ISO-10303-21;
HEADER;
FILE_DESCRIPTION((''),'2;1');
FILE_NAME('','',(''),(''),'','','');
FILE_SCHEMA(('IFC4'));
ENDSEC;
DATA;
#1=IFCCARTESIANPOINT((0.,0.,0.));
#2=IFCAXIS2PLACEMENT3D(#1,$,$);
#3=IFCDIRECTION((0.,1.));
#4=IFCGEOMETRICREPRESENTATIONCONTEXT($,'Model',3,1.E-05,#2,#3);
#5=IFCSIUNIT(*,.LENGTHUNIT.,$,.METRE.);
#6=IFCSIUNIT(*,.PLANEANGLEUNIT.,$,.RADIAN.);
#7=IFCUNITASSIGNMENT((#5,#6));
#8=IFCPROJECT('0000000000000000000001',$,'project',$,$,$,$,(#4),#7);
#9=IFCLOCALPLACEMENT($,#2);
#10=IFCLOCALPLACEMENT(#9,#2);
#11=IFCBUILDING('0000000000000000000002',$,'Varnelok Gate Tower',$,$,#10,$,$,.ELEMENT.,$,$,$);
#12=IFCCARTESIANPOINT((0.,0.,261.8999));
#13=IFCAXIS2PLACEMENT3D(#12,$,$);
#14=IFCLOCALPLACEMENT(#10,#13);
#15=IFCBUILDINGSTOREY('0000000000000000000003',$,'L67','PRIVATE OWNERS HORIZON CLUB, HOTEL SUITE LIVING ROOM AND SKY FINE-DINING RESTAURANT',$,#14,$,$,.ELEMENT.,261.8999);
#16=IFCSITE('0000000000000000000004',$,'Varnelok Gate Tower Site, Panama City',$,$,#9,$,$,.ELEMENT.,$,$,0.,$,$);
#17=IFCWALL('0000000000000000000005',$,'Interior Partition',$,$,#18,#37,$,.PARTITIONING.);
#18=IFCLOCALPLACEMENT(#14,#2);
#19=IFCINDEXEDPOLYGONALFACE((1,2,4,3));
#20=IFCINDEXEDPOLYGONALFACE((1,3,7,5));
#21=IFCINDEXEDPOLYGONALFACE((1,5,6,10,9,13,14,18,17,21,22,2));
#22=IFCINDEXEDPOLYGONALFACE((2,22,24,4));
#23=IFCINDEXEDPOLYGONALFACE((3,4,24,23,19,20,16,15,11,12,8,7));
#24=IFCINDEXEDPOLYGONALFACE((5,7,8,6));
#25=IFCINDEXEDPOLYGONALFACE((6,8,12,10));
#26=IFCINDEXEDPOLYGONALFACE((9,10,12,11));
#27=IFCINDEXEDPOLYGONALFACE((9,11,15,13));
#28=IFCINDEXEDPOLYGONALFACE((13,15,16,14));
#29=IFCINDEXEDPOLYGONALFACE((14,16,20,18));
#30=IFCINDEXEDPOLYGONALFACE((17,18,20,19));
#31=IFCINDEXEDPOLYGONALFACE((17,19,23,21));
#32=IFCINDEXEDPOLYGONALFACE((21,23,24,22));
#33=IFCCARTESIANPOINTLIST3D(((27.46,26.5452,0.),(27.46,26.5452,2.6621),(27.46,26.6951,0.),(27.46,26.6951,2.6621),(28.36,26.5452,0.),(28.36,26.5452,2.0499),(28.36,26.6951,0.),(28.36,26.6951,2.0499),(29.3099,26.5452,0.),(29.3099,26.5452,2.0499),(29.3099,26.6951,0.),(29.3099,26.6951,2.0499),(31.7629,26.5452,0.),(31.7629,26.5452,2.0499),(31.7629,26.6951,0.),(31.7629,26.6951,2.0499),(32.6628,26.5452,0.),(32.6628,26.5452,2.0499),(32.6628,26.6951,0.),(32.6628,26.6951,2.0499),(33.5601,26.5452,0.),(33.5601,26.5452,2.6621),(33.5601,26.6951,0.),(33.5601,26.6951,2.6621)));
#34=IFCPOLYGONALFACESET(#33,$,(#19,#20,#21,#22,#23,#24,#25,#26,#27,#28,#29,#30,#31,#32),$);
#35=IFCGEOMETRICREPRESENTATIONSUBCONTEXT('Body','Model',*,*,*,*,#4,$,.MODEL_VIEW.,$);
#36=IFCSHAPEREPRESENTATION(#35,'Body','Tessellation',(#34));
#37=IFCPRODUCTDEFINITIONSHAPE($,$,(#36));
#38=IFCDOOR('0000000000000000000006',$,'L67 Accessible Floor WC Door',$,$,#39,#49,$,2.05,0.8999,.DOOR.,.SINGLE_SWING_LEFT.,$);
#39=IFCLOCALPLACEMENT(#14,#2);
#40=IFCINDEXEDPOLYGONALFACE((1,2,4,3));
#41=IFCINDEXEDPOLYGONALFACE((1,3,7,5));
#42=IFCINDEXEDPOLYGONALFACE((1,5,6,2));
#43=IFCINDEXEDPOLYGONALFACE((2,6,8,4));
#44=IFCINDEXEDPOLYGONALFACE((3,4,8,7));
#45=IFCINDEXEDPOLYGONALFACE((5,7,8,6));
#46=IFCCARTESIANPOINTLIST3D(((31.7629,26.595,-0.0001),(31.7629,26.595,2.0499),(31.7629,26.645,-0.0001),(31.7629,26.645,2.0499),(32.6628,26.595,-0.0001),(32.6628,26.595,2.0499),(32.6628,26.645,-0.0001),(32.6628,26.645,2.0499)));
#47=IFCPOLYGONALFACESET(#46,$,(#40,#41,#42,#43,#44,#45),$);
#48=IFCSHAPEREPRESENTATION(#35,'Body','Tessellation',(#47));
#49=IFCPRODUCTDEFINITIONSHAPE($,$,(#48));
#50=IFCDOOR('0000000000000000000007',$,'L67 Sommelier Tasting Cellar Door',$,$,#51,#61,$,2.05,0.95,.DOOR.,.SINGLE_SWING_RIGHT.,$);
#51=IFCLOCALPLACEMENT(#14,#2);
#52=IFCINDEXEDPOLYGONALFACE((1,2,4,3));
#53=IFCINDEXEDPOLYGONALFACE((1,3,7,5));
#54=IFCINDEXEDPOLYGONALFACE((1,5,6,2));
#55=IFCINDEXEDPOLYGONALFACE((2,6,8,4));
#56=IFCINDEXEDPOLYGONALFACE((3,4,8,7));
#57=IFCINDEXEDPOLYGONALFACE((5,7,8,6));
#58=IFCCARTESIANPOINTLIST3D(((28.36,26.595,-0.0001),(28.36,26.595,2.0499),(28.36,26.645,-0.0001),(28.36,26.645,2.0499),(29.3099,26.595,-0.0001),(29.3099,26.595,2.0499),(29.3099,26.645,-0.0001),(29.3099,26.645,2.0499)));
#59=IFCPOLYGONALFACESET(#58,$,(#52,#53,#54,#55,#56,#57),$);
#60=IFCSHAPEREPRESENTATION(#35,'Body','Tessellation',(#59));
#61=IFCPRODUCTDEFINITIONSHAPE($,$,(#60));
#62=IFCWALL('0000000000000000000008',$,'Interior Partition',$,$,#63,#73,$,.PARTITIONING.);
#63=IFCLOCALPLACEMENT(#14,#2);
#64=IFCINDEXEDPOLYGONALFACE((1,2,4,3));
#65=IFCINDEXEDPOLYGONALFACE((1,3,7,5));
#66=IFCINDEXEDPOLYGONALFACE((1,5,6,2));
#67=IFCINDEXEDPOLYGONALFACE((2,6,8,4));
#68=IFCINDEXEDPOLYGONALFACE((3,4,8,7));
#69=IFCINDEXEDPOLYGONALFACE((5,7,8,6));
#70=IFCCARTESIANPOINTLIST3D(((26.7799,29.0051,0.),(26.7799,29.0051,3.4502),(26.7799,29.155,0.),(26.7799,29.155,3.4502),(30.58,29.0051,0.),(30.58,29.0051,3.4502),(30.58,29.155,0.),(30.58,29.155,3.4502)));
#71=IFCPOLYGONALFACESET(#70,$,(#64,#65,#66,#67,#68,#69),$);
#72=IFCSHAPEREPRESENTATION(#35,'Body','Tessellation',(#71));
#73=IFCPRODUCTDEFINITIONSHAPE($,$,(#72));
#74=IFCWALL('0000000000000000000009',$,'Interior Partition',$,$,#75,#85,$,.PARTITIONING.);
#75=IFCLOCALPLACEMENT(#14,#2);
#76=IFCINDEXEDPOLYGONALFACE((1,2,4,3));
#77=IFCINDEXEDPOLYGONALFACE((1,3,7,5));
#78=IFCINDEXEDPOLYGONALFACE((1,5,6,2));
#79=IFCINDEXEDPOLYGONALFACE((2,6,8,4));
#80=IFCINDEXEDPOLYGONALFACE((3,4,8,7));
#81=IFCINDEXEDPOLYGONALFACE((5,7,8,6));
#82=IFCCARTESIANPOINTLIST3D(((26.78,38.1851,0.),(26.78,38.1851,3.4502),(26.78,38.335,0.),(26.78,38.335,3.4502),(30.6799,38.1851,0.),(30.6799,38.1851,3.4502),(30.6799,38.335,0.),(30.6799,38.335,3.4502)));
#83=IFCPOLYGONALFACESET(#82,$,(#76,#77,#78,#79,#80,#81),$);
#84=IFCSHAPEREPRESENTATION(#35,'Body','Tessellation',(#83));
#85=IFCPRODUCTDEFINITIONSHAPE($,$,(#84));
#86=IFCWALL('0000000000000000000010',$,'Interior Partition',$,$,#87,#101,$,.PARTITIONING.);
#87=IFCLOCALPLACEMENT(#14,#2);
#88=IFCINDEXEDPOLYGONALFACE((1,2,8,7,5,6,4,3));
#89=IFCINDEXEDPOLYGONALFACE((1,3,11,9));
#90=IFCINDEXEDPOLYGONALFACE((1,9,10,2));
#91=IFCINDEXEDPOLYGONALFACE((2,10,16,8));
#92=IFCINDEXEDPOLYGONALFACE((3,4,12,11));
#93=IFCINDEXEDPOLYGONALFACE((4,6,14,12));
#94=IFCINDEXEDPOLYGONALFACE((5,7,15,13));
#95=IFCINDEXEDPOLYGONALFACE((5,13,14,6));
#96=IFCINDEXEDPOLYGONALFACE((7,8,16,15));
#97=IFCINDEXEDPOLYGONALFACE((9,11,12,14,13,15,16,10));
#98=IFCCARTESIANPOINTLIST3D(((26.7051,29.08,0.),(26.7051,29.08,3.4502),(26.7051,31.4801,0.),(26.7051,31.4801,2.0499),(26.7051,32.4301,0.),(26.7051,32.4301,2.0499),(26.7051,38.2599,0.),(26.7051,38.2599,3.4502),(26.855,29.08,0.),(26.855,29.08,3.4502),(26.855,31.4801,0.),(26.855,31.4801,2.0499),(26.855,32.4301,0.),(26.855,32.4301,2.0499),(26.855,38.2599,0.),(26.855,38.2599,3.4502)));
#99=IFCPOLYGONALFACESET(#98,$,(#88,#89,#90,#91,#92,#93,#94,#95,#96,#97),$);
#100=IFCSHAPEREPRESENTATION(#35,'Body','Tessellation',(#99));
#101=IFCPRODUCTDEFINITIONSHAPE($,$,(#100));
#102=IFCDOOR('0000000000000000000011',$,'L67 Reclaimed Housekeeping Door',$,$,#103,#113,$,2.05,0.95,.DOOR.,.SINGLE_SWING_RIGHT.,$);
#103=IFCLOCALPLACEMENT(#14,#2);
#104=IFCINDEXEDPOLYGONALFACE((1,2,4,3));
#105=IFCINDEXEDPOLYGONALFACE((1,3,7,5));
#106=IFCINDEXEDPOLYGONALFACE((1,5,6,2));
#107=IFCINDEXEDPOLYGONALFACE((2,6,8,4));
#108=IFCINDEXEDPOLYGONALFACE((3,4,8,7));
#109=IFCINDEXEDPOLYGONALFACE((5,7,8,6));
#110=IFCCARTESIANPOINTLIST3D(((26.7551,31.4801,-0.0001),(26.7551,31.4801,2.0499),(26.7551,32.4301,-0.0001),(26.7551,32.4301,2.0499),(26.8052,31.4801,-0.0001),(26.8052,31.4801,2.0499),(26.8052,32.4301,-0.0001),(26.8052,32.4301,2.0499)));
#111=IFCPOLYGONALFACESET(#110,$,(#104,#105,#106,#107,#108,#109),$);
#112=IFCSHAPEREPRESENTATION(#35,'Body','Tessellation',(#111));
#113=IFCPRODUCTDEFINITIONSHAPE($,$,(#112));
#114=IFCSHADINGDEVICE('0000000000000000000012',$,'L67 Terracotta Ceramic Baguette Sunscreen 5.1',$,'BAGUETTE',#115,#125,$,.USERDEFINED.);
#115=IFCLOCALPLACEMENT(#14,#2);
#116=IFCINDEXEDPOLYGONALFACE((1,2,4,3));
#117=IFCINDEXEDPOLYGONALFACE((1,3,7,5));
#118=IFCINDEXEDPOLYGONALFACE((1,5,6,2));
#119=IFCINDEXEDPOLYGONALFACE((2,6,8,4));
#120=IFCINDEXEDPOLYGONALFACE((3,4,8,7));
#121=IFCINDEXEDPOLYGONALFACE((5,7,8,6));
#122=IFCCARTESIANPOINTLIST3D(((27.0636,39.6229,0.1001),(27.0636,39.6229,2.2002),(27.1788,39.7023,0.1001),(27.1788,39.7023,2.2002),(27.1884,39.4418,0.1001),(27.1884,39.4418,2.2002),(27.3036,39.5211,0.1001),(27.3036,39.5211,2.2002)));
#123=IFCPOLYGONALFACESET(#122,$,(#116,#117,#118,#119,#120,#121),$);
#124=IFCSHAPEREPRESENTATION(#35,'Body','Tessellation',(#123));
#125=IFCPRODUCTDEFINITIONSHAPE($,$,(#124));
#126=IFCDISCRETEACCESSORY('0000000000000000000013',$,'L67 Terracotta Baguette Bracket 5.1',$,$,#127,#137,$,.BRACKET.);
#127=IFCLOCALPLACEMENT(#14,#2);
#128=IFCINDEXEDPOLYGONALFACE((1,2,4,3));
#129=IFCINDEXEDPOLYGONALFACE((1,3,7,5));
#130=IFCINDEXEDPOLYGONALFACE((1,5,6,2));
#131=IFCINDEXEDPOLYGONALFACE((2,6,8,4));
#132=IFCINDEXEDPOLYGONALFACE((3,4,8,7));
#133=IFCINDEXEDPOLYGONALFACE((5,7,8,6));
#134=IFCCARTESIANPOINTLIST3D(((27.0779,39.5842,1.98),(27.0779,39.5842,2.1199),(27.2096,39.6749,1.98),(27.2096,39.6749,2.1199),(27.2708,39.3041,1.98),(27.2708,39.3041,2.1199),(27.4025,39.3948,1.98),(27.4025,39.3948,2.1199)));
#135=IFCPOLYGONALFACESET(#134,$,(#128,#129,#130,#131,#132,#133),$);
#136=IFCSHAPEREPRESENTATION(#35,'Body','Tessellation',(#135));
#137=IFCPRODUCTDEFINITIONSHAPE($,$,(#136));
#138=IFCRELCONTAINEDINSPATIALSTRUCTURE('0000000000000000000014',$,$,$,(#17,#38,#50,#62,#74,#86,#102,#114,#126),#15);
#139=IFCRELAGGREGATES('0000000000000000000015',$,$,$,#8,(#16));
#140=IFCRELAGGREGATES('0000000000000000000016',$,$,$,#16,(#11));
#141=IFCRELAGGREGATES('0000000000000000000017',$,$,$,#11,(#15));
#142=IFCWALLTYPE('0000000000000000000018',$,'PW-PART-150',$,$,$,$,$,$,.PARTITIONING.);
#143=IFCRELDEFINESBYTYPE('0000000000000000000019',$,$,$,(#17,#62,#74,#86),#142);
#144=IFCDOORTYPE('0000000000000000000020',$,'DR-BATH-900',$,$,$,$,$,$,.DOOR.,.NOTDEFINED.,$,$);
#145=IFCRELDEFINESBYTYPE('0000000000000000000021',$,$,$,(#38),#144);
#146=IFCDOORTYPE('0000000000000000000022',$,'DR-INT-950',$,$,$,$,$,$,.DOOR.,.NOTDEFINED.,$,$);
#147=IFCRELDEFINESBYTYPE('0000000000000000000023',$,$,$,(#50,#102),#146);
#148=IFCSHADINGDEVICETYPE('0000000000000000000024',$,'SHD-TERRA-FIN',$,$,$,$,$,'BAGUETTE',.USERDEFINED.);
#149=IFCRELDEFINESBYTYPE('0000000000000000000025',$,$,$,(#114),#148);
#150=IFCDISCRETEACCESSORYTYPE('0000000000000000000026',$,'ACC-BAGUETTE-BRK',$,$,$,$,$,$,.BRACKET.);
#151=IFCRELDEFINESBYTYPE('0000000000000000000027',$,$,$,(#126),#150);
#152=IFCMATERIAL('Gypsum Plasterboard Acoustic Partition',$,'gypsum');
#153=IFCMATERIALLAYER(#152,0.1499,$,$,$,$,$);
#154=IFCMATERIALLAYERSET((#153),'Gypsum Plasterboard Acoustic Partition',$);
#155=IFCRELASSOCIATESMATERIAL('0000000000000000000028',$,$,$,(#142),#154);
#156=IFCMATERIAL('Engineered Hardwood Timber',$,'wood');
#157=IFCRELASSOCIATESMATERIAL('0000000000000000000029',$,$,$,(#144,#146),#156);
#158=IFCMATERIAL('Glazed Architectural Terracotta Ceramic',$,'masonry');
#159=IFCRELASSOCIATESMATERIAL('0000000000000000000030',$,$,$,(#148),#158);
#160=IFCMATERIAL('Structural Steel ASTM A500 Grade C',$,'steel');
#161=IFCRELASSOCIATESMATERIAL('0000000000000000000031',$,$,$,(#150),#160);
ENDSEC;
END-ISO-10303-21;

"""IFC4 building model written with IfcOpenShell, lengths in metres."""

from ifc_helpers import new_model, si_unit, direction, frame, frame_2d, origin, origin_2d, place, context, subcontext, project, spatial, rectangle, extrude, source, transform, mapped, material, layer, layer_set, type_object, element, fill, save


model = new_model("IFC4")

# Units and contexts
model_context = context("Model", 3, precision=1e-05, world=origin(), true_north=direction((0.0, 1.0)))
body_context = subcontext(model_context, "Body", "Model", "MODEL_VIEW")
ifc_project = project(units=[si_unit("LENGTHUNIT", "METRE"), si_unit("PLANEANGLEUNIT", "RADIAN")], contexts=[model_context])

# Site, building, storey
site_placement = place(None, origin())
site = spatial("IfcSite", under=ifc_project, at=site_placement, Name="Varnelok Gate Tower Site, Panama City", CompositionType="ELEMENT", RefElevation=0.0)
building_placement = place(site_placement, origin())
building = spatial("IfcBuilding", under=site, at=building_placement, Name="Varnelok Gate Tower", CompositionType="ELEMENT")
storey_placement = place(building_placement, frame((0.0, 0.0, 261.8999)))
storey = spatial("IfcBuildingStorey", under=building, at=storey_placement, Name="L67", Description="PRIVATE OWNERS HORIZON CLUB, HOTEL SUITE LIVING ROOM AND SKY FINE-DINING RESTAURANT", CompositionType="ELEMENT", Elevation=261.8999)

# Wall, openings, doors
ifc_material_1 = material(Name="Gypsum Plasterboard Acoustic Partition", Category="gypsum")
ifc_layer_1 = layer(ifc_material_1, 0.1499)
ifc_layer_set_1 = layer_set([ifc_layer_1], Name="Gypsum Plasterboard Acoustic Partition")
wall_type_1 = type_object("IfcWallType", Name="PW-PART-150", PredefinedType="PARTITIONING", material=ifc_layer_set_1)
wall_1_placement = place(storey_placement, frame((27.46, 26.6201, 0.0), z_axis=(0.0, 0.0, 1.0), x_axis=(1.0, 0.0, 0.0)))
wall_1 = element("IfcWall", 1, at=wall_1_placement, inside=storey, type_object=wall_type_1, Name="Interior Partition", PredefinedType="PARTITIONING", context=body_context, shape_type="SweptSolid", body=[
    extrude(rectangle(XDim=6.1001, YDim=0.1499, at=frame_2d((3.05, 0.0))), origin(), (0.0, 0.0, 1.0), 2.6621),
])
opening_1_placement = place(wall_1_placement, frame((0.8999, 0.0, 0.0)))
opening_1 = element("IfcOpeningElement", 2, at=opening_1_placement, cuts=wall_1, PredefinedType="OPENING", context=body_context, shape_type="SweptSolid", body=[
    extrude(rectangle(XDim=0.95, YDim=2.05, at=frame_2d((0.4751, 1.0249))), frame((0.0, 0.085, 0.0), z_axis=(0.0, -1.0, 0.0), x_axis=(1.0, 0.0, 0.0)), (0.0, 0.0, 1.0), 0.1699),
])
opening_2_placement = place(wall_1_placement, frame((4.303, 0.0, 0.0)))
opening_2 = element("IfcOpeningElement", 3, at=opening_2_placement, cuts=wall_1, PredefinedType="OPENING", context=body_context, shape_type="SweptSolid", body=[
    extrude(rectangle(XDim=0.8999, YDim=2.05, at=frame_2d((0.45, 1.0249))), frame((0.0, 0.085, 0.0), z_axis=(0.0, -1.0, 0.0), x_axis=(1.0, 0.0, 0.0)), (0.0, 0.0, 1.0), 0.1699),
])
ifc_material_2 = material(Name="Engineered Hardwood Timber", Category="wood")
door_type_1 = type_object("IfcDoorType", Name="DR-BATH-900", OperationType="NOTDEFINED", PredefinedType="DOOR", material=ifc_material_2)
door_1_placement = place(opening_2_placement, origin())
door_1 = element("IfcDoor", 4, at=door_1_placement, inside=storey, type_object=door_type_1, Name="L67 Accessible Floor WC Door", OperationType="SINGLE_SWING_LEFT", OverallHeight=2.05, OverallWidth=0.8999, PredefinedType="DOOR", context=body_context, shape_type="SweptSolid", body=[
    extrude(rectangle(XDim=0.8999, YDim=2.05, at=frame_2d((0.45, 1.0249))), frame((0.0, 0.0249, 0.0), z_axis=(0.0, -1.0, 0.0), x_axis=(1.0, 0.0, 0.0)), (0.0, 0.0, 1.0), 0.05),
])
fill(opening_2, door_1)
door_type_2 = type_object("IfcDoorType", Name="DR-INT-950", OperationType="NOTDEFINED", PredefinedType="DOOR", material=ifc_material_2)
door_2_placement = place(opening_1_placement, origin())
door_2 = element("IfcDoor", 5, at=door_2_placement, inside=storey, type_object=door_type_2, Name="L67 Sommelier Tasting Cellar Door", OperationType="SINGLE_SWING_RIGHT", OverallHeight=2.05, OverallWidth=0.95, PredefinedType="DOOR", context=body_context, shape_type="SweptSolid", body=[
    extrude(rectangle(XDim=0.95, YDim=2.05, at=frame_2d((0.4751, 1.0249))), frame((0.0, 0.0249, 0.0), z_axis=(0.0, -1.0, 0.0), x_axis=(1.0, 0.0, 0.0)), (0.0, 0.0, 1.0), 0.05),
])
fill(opening_1, door_2)

# Walls
wall_2_placement = place(storey_placement, frame((26.78, 29.0801, 0.0), z_axis=(0.0, 0.0, 1.0), x_axis=(1.0, 0.0, 0.0)))
element("IfcWall", 6, at=wall_2_placement, inside=storey, type_object=wall_type_1, Name="Interior Partition", PredefinedType="PARTITIONING", context=body_context, shape_type="SweptSolid", body=[
    extrude(rectangle(XDim=3.8, YDim=0.1499, at=frame_2d((1.8999, 0.0))), origin(), (0.0, 0.0, 1.0), 3.4502),
])
wall_3_placement = place(storey_placement, frame((26.78, 38.26, 0.0), z_axis=(0.0, 0.0, 1.0), x_axis=(1.0, 0.0, 0.0)))
element("IfcWall", 7, at=wall_3_placement, inside=storey, type_object=wall_type_1, Name="Interior Partition", PredefinedType="PARTITIONING", context=body_context, shape_type="SweptSolid", body=[
    extrude(rectangle(XDim=3.8999, YDim=0.1499, at=frame_2d((1.95, 0.0))), origin(), (0.0, 0.0, 1.0), 3.4502),
])

# Wall, opening, door
wall_4_placement = place(storey_placement, frame((26.78, 29.0801, 0.0), z_axis=(0.0, 0.0, 1.0), x_axis=(0.0, 1.0, 0.0)))
wall_4 = element("IfcWall", 8, at=wall_4_placement, inside=storey, type_object=wall_type_1, Name="Interior Partition", PredefinedType="PARTITIONING", context=body_context, shape_type="SweptSolid", body=[
    extrude(rectangle(XDim=9.1799, YDim=0.1499, at=frame_2d((4.5898, 0.0))), origin(), (0.0, 0.0, 1.0), 3.4502),
])
opening_3_placement = place(wall_4_placement, frame((2.3999, 0.0, 0.0)))
opening_3 = element("IfcOpeningElement", 9, at=opening_3_placement, cuts=wall_4, PredefinedType="OPENING", context=body_context, shape_type="SweptSolid", body=[
    extrude(rectangle(XDim=0.95, YDim=2.05, at=frame_2d((0.4751, 1.0249))), frame((0.0, 0.085, 0.0), z_axis=(0.0, -1.0, 0.0), x_axis=(1.0, 0.0, 0.0)), (0.0, 0.0, 1.0), 0.1699),
])
door_3_placement = place(opening_3_placement, origin())
door_3 = element("IfcDoor", 10, at=door_3_placement, inside=storey, type_object=door_type_2, Name="L67 Reclaimed Housekeeping Door", OperationType="SINGLE_SWING_RIGHT", OverallHeight=2.05, OverallWidth=0.95, PredefinedType="DOOR", context=body_context, shape_type="SweptSolid", body=[
    extrude(rectangle(XDim=0.95, YDim=2.05, at=frame_2d((0.4751, 1.0249))), frame((0.0, 0.0249, 0.0), z_axis=(0.0, -1.0, 0.0), x_axis=(1.0, 0.0, 0.0)), (0.0, 0.0, 1.0), 0.05),
])
fill(opening_3, door_3)

# Shading device
ifc_material_3 = material(Name="Glazed Architectural Terracotta Ceramic", Category="masonry")
shading_device_type = type_object("IfcShadingDeviceType", Name="SHD-TERRA-FIN", ElementType="BAGUETTE", PredefinedType="USERDEFINED", material=ifc_material_3)
shared_shape_1 = source(origin(), body_context, "Body", "SweptSolid", [
    extrude(rectangle(XDim=0.1399, YDim=0.22, at=origin_2d()), origin(), (0.0, 0.0, 1.0), 2.1001),
])
shading_device_placement = place(storey_placement, frame((27.1836, 39.572, 0.1001), z_axis=(0.0, 0.0, 1.0), x_axis=(0.823533, 0.567269, 0.0)))
element("IfcShadingDevice", 11, at=shading_device_placement, inside=storey, type_object=shading_device_type, Name="L67 Terracotta Ceramic Baguette Sunscreen 5.1", ObjectType="BAGUETTE", PredefinedType="USERDEFINED", context=body_context, shape_type="MappedRepresentation", body=[
    mapped(shared_shape_1, transform((0.0, 0.0, 0.0), scale=1.0)),
])

# Discrete accessory
ifc_material_4 = material(Name="Structural Steel ASTM A500 Grade C", Category="steel")
discrete_accessory_type = type_object("IfcDiscreteAccessoryType", Name="ACC-BAGUETTE-BRK", PredefinedType="BRACKET", material=ifc_material_4)
shared_shape_2 = source(origin(), body_context, "Body", "SweptSolid", [
    extrude(rectangle(XDim=0.1599, YDim=0.3401, at=origin_2d()), origin(), (0.0, 0.0, 1.0), 0.1399),
])
discrete_accessory_placement = place(storey_placement, frame((27.2402, 39.4895, 1.98), z_axis=(0.0, 0.0, 1.0), x_axis=(0.823533, 0.567269, 0.0)))
element("IfcDiscreteAccessory", 12, at=discrete_accessory_placement, inside=storey, type_object=discrete_accessory_type, Name="L67 Terracotta Baguette Bracket 5.1", PredefinedType="BRACKET", context=body_context, shape_type="MappedRepresentation", body=[
    mapped(shared_shape_2, transform((0.0, 0.0, 0.0), scale=1.0)),
])

save(model, "model.ifc")
